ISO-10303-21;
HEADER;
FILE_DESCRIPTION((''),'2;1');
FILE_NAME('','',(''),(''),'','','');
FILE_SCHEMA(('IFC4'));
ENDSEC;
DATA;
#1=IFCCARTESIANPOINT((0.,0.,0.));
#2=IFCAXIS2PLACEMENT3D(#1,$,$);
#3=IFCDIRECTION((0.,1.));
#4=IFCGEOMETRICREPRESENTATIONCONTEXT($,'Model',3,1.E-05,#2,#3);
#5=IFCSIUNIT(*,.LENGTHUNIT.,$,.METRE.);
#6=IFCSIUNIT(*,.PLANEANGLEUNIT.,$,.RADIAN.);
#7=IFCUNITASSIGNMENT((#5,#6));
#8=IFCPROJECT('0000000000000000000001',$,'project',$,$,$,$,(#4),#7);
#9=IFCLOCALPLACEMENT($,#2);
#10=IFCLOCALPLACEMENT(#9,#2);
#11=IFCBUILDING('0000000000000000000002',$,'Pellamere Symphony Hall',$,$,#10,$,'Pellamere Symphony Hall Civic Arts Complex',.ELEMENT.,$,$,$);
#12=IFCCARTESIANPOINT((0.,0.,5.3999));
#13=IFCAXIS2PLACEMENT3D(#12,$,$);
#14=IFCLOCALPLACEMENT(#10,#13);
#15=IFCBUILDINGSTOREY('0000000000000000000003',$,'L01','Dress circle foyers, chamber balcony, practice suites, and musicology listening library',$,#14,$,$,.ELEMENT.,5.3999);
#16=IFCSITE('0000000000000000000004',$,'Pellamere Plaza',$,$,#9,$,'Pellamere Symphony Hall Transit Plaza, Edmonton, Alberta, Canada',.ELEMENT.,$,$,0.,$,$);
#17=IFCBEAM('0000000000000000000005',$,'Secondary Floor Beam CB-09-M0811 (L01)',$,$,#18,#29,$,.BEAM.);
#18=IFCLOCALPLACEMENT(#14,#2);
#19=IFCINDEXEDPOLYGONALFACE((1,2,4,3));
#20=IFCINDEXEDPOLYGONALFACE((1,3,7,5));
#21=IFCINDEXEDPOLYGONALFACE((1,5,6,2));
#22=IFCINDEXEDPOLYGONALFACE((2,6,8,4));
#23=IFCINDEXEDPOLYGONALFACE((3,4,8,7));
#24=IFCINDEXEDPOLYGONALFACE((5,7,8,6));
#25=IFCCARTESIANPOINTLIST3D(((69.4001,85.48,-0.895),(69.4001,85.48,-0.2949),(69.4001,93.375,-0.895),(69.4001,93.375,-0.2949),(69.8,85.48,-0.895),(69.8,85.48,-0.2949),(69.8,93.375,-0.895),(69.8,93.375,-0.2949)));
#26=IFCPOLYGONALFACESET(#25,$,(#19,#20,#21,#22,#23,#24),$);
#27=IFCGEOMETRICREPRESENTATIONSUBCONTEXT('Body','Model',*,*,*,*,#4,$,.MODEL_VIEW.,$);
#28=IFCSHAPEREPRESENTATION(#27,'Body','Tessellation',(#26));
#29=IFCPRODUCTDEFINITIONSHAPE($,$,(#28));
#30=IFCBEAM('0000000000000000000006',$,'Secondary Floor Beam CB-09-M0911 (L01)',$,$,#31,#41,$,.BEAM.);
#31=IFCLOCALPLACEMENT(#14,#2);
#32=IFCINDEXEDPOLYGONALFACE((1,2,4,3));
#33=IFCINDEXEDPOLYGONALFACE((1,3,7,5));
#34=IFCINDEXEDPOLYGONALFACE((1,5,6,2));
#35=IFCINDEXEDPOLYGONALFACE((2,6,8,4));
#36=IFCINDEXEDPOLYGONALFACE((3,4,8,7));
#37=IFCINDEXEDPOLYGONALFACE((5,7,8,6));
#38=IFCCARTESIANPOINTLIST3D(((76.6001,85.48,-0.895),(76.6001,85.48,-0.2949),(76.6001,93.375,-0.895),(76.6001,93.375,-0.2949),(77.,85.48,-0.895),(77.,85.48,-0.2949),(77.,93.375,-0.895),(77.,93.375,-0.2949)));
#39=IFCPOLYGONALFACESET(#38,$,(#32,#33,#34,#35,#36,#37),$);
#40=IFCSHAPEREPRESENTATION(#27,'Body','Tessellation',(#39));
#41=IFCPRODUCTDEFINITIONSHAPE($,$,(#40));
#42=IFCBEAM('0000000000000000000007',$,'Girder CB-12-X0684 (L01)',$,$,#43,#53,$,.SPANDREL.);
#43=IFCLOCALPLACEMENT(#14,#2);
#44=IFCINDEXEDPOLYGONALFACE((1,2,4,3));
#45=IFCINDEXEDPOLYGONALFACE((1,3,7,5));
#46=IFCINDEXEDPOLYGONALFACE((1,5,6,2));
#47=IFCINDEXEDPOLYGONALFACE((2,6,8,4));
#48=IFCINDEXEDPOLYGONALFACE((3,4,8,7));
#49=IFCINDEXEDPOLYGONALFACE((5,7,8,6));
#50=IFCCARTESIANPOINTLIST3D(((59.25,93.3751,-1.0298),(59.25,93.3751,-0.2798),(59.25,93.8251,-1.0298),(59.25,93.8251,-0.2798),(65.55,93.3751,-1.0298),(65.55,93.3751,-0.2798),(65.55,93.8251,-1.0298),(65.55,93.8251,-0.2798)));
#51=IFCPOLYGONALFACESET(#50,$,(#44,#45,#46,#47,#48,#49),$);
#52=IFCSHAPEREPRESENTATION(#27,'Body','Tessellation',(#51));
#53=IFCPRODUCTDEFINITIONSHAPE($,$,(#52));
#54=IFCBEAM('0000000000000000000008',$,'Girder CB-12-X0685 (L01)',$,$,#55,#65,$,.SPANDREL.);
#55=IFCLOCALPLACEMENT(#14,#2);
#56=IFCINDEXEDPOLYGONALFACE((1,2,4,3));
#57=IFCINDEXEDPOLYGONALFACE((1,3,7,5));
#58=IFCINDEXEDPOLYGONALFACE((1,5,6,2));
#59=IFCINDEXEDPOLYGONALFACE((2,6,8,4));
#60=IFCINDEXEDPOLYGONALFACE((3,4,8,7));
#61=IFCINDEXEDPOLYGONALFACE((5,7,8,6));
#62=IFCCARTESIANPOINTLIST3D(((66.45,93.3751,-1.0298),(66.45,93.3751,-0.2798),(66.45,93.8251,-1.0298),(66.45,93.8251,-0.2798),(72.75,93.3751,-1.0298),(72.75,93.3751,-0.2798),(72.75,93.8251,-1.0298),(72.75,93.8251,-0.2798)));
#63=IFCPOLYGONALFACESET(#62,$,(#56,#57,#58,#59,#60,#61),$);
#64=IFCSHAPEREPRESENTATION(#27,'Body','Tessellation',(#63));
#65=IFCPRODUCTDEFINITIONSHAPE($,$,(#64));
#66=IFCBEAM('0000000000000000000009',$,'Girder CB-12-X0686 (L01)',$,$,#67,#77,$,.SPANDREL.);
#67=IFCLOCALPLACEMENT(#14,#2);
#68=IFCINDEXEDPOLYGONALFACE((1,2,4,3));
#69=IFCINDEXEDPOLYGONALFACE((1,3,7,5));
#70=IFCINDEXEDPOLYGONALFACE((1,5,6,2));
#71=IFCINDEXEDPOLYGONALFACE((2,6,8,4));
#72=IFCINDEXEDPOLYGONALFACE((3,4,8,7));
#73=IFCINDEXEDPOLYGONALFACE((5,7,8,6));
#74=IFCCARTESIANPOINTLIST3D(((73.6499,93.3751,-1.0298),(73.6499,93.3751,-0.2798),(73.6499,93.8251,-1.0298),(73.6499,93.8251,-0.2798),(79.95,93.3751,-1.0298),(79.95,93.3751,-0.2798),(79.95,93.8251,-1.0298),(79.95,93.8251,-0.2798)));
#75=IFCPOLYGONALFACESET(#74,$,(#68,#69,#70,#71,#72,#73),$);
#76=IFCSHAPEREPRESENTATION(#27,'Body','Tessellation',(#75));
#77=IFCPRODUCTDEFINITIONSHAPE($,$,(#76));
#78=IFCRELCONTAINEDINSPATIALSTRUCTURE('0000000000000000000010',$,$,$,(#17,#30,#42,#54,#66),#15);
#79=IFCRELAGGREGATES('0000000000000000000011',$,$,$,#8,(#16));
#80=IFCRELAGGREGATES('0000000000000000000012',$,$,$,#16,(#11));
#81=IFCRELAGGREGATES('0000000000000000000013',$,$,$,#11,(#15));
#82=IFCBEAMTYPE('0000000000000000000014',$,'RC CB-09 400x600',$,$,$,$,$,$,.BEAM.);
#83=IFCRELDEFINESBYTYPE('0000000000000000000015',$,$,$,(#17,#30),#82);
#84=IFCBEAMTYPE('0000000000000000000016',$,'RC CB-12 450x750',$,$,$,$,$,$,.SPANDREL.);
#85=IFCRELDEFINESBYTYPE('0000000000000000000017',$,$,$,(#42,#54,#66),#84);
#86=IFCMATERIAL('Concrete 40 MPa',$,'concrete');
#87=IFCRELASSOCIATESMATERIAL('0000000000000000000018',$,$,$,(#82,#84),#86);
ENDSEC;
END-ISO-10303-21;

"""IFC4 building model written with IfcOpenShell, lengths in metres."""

from ifc_helpers import new_model, si_unit, direction, frame, origin, origin_2d, place, context, subcontext, project, spatial, rectangle, extrude, material, material_profile, profile_set, type_object, element, save


model = new_model("IFC4")

# Units and contexts
model_context = context("Model", 3, precision=1e-05, world=origin(), true_north=direction((0.0, 1.0)))
body_context = subcontext(model_context, "Body", "Model", "MODEL_VIEW")
ifc_project = project(units=[si_unit("LENGTHUNIT", "METRE"), si_unit("PLANEANGLEUNIT", "RADIAN")], contexts=[model_context])

# Site, building, storey
site_placement = place(None, origin())
site = spatial("IfcSite", under=ifc_project, at=site_placement, Name="Pellamere Plaza", LongName="Pellamere Symphony Hall Transit Plaza, Edmonton, Alberta, Canada", CompositionType="ELEMENT", RefElevation=0.0)
building_placement = place(site_placement, origin())
building = spatial("IfcBuilding", under=site, at=building_placement, Name="Pellamere Symphony Hall", LongName="Pellamere Symphony Hall Civic Arts Complex", CompositionType="ELEMENT")
storey_placement = place(building_placement, frame((0.0, 0.0, 5.3999)))
storey = spatial("IfcBuildingStorey", under=building, at=storey_placement, Name="L01", Description="Dress circle foyers, chamber balcony, practice suites, and musicology listening library", CompositionType="ELEMENT", Elevation=5.3999)

# Shared definitions
ifc_material_1 = material(Name="Concrete 40 MPa", Category="concrete")

# Beams
ifc_material_profile_1 = material_profile(ifc_material_1, rectangle(XDim=0.3999, YDim=0.6001, at=origin_2d()), Name="RC 400x600")
ifc_profile_set_1 = profile_set([ifc_material_profile_1], Name="Concrete 40 MPa")
beam_type_1 = type_object("IfcBeamType", Name="RC CB-09 400x600", PredefinedType="BEAM", material=ifc_profile_set_1)
for number, where, z_axis, x_axis, name in (
    (1, (69.6001, 85.48, -0.595), (0.0, 1.0, 0.0), (-1.0, 0.0, 0.0), "Secondary Floor Beam CB-09-M0811 (L01)"),
    (2, (76.8, 85.48, -0.595), (0.0, 1.0, 0.0), (-1.0, 0.0, 0.0), "Secondary Floor Beam CB-09-M0911 (L01)"),
):
    element("IfcBeam", number, at=place(storey_placement, frame(where, z_axis=z_axis, x_axis=x_axis)), inside=storey, type_object=beam_type_1, Name=name, PredefinedType="BEAM", context=body_context, shape_type="SweptSolid", body=[
        extrude(rectangle(XDim=0.3999, YDim=0.6001, at=origin_2d()), origin(), (0.0, 0.0, 1.0), 7.895),
    ])
ifc_material_profile_2 = material_profile(ifc_material_1, rectangle(XDim=0.45, YDim=0.75, at=origin_2d()), Name="RC 450x750")
ifc_profile_set_2 = profile_set([ifc_material_profile_2], Name="Concrete 40 MPa")
beam_type_2 = type_object("IfcBeamType", Name="RC CB-12 450x750", PredefinedType="SPANDREL", material=ifc_profile_set_2)
for number, where, z_axis, x_axis, name in (
    (3, (59.25, 93.6001, -0.6548), (1.0, 0.0, 0.0), (0.0, 1.0, 0.0), "Girder CB-12-X0684 (L01)"),
    (4, (66.45, 93.6001, -0.6548), (1.0, 0.0, 0.0), (0.0, 1.0, 0.0), "Girder CB-12-X0685 (L01)"),
    (5, (73.6499, 93.6001, -0.6548), (1.0, 0.0, 0.0), (0.0, 1.0, 0.0), "Girder CB-12-X0686 (L01)"),
):
    element("IfcBeam", number, at=place(storey_placement, frame(where, z_axis=z_axis, x_axis=x_axis)), inside=storey, type_object=beam_type_2, Name=name, PredefinedType="SPANDREL", context=body_context, shape_type="SweptSolid", body=[
        extrude(rectangle(XDim=0.45, YDim=0.75, at=origin_2d()), origin(), (0.0, 0.0, 1.0), 6.3),
    ])

save(model, "model.ifc")
